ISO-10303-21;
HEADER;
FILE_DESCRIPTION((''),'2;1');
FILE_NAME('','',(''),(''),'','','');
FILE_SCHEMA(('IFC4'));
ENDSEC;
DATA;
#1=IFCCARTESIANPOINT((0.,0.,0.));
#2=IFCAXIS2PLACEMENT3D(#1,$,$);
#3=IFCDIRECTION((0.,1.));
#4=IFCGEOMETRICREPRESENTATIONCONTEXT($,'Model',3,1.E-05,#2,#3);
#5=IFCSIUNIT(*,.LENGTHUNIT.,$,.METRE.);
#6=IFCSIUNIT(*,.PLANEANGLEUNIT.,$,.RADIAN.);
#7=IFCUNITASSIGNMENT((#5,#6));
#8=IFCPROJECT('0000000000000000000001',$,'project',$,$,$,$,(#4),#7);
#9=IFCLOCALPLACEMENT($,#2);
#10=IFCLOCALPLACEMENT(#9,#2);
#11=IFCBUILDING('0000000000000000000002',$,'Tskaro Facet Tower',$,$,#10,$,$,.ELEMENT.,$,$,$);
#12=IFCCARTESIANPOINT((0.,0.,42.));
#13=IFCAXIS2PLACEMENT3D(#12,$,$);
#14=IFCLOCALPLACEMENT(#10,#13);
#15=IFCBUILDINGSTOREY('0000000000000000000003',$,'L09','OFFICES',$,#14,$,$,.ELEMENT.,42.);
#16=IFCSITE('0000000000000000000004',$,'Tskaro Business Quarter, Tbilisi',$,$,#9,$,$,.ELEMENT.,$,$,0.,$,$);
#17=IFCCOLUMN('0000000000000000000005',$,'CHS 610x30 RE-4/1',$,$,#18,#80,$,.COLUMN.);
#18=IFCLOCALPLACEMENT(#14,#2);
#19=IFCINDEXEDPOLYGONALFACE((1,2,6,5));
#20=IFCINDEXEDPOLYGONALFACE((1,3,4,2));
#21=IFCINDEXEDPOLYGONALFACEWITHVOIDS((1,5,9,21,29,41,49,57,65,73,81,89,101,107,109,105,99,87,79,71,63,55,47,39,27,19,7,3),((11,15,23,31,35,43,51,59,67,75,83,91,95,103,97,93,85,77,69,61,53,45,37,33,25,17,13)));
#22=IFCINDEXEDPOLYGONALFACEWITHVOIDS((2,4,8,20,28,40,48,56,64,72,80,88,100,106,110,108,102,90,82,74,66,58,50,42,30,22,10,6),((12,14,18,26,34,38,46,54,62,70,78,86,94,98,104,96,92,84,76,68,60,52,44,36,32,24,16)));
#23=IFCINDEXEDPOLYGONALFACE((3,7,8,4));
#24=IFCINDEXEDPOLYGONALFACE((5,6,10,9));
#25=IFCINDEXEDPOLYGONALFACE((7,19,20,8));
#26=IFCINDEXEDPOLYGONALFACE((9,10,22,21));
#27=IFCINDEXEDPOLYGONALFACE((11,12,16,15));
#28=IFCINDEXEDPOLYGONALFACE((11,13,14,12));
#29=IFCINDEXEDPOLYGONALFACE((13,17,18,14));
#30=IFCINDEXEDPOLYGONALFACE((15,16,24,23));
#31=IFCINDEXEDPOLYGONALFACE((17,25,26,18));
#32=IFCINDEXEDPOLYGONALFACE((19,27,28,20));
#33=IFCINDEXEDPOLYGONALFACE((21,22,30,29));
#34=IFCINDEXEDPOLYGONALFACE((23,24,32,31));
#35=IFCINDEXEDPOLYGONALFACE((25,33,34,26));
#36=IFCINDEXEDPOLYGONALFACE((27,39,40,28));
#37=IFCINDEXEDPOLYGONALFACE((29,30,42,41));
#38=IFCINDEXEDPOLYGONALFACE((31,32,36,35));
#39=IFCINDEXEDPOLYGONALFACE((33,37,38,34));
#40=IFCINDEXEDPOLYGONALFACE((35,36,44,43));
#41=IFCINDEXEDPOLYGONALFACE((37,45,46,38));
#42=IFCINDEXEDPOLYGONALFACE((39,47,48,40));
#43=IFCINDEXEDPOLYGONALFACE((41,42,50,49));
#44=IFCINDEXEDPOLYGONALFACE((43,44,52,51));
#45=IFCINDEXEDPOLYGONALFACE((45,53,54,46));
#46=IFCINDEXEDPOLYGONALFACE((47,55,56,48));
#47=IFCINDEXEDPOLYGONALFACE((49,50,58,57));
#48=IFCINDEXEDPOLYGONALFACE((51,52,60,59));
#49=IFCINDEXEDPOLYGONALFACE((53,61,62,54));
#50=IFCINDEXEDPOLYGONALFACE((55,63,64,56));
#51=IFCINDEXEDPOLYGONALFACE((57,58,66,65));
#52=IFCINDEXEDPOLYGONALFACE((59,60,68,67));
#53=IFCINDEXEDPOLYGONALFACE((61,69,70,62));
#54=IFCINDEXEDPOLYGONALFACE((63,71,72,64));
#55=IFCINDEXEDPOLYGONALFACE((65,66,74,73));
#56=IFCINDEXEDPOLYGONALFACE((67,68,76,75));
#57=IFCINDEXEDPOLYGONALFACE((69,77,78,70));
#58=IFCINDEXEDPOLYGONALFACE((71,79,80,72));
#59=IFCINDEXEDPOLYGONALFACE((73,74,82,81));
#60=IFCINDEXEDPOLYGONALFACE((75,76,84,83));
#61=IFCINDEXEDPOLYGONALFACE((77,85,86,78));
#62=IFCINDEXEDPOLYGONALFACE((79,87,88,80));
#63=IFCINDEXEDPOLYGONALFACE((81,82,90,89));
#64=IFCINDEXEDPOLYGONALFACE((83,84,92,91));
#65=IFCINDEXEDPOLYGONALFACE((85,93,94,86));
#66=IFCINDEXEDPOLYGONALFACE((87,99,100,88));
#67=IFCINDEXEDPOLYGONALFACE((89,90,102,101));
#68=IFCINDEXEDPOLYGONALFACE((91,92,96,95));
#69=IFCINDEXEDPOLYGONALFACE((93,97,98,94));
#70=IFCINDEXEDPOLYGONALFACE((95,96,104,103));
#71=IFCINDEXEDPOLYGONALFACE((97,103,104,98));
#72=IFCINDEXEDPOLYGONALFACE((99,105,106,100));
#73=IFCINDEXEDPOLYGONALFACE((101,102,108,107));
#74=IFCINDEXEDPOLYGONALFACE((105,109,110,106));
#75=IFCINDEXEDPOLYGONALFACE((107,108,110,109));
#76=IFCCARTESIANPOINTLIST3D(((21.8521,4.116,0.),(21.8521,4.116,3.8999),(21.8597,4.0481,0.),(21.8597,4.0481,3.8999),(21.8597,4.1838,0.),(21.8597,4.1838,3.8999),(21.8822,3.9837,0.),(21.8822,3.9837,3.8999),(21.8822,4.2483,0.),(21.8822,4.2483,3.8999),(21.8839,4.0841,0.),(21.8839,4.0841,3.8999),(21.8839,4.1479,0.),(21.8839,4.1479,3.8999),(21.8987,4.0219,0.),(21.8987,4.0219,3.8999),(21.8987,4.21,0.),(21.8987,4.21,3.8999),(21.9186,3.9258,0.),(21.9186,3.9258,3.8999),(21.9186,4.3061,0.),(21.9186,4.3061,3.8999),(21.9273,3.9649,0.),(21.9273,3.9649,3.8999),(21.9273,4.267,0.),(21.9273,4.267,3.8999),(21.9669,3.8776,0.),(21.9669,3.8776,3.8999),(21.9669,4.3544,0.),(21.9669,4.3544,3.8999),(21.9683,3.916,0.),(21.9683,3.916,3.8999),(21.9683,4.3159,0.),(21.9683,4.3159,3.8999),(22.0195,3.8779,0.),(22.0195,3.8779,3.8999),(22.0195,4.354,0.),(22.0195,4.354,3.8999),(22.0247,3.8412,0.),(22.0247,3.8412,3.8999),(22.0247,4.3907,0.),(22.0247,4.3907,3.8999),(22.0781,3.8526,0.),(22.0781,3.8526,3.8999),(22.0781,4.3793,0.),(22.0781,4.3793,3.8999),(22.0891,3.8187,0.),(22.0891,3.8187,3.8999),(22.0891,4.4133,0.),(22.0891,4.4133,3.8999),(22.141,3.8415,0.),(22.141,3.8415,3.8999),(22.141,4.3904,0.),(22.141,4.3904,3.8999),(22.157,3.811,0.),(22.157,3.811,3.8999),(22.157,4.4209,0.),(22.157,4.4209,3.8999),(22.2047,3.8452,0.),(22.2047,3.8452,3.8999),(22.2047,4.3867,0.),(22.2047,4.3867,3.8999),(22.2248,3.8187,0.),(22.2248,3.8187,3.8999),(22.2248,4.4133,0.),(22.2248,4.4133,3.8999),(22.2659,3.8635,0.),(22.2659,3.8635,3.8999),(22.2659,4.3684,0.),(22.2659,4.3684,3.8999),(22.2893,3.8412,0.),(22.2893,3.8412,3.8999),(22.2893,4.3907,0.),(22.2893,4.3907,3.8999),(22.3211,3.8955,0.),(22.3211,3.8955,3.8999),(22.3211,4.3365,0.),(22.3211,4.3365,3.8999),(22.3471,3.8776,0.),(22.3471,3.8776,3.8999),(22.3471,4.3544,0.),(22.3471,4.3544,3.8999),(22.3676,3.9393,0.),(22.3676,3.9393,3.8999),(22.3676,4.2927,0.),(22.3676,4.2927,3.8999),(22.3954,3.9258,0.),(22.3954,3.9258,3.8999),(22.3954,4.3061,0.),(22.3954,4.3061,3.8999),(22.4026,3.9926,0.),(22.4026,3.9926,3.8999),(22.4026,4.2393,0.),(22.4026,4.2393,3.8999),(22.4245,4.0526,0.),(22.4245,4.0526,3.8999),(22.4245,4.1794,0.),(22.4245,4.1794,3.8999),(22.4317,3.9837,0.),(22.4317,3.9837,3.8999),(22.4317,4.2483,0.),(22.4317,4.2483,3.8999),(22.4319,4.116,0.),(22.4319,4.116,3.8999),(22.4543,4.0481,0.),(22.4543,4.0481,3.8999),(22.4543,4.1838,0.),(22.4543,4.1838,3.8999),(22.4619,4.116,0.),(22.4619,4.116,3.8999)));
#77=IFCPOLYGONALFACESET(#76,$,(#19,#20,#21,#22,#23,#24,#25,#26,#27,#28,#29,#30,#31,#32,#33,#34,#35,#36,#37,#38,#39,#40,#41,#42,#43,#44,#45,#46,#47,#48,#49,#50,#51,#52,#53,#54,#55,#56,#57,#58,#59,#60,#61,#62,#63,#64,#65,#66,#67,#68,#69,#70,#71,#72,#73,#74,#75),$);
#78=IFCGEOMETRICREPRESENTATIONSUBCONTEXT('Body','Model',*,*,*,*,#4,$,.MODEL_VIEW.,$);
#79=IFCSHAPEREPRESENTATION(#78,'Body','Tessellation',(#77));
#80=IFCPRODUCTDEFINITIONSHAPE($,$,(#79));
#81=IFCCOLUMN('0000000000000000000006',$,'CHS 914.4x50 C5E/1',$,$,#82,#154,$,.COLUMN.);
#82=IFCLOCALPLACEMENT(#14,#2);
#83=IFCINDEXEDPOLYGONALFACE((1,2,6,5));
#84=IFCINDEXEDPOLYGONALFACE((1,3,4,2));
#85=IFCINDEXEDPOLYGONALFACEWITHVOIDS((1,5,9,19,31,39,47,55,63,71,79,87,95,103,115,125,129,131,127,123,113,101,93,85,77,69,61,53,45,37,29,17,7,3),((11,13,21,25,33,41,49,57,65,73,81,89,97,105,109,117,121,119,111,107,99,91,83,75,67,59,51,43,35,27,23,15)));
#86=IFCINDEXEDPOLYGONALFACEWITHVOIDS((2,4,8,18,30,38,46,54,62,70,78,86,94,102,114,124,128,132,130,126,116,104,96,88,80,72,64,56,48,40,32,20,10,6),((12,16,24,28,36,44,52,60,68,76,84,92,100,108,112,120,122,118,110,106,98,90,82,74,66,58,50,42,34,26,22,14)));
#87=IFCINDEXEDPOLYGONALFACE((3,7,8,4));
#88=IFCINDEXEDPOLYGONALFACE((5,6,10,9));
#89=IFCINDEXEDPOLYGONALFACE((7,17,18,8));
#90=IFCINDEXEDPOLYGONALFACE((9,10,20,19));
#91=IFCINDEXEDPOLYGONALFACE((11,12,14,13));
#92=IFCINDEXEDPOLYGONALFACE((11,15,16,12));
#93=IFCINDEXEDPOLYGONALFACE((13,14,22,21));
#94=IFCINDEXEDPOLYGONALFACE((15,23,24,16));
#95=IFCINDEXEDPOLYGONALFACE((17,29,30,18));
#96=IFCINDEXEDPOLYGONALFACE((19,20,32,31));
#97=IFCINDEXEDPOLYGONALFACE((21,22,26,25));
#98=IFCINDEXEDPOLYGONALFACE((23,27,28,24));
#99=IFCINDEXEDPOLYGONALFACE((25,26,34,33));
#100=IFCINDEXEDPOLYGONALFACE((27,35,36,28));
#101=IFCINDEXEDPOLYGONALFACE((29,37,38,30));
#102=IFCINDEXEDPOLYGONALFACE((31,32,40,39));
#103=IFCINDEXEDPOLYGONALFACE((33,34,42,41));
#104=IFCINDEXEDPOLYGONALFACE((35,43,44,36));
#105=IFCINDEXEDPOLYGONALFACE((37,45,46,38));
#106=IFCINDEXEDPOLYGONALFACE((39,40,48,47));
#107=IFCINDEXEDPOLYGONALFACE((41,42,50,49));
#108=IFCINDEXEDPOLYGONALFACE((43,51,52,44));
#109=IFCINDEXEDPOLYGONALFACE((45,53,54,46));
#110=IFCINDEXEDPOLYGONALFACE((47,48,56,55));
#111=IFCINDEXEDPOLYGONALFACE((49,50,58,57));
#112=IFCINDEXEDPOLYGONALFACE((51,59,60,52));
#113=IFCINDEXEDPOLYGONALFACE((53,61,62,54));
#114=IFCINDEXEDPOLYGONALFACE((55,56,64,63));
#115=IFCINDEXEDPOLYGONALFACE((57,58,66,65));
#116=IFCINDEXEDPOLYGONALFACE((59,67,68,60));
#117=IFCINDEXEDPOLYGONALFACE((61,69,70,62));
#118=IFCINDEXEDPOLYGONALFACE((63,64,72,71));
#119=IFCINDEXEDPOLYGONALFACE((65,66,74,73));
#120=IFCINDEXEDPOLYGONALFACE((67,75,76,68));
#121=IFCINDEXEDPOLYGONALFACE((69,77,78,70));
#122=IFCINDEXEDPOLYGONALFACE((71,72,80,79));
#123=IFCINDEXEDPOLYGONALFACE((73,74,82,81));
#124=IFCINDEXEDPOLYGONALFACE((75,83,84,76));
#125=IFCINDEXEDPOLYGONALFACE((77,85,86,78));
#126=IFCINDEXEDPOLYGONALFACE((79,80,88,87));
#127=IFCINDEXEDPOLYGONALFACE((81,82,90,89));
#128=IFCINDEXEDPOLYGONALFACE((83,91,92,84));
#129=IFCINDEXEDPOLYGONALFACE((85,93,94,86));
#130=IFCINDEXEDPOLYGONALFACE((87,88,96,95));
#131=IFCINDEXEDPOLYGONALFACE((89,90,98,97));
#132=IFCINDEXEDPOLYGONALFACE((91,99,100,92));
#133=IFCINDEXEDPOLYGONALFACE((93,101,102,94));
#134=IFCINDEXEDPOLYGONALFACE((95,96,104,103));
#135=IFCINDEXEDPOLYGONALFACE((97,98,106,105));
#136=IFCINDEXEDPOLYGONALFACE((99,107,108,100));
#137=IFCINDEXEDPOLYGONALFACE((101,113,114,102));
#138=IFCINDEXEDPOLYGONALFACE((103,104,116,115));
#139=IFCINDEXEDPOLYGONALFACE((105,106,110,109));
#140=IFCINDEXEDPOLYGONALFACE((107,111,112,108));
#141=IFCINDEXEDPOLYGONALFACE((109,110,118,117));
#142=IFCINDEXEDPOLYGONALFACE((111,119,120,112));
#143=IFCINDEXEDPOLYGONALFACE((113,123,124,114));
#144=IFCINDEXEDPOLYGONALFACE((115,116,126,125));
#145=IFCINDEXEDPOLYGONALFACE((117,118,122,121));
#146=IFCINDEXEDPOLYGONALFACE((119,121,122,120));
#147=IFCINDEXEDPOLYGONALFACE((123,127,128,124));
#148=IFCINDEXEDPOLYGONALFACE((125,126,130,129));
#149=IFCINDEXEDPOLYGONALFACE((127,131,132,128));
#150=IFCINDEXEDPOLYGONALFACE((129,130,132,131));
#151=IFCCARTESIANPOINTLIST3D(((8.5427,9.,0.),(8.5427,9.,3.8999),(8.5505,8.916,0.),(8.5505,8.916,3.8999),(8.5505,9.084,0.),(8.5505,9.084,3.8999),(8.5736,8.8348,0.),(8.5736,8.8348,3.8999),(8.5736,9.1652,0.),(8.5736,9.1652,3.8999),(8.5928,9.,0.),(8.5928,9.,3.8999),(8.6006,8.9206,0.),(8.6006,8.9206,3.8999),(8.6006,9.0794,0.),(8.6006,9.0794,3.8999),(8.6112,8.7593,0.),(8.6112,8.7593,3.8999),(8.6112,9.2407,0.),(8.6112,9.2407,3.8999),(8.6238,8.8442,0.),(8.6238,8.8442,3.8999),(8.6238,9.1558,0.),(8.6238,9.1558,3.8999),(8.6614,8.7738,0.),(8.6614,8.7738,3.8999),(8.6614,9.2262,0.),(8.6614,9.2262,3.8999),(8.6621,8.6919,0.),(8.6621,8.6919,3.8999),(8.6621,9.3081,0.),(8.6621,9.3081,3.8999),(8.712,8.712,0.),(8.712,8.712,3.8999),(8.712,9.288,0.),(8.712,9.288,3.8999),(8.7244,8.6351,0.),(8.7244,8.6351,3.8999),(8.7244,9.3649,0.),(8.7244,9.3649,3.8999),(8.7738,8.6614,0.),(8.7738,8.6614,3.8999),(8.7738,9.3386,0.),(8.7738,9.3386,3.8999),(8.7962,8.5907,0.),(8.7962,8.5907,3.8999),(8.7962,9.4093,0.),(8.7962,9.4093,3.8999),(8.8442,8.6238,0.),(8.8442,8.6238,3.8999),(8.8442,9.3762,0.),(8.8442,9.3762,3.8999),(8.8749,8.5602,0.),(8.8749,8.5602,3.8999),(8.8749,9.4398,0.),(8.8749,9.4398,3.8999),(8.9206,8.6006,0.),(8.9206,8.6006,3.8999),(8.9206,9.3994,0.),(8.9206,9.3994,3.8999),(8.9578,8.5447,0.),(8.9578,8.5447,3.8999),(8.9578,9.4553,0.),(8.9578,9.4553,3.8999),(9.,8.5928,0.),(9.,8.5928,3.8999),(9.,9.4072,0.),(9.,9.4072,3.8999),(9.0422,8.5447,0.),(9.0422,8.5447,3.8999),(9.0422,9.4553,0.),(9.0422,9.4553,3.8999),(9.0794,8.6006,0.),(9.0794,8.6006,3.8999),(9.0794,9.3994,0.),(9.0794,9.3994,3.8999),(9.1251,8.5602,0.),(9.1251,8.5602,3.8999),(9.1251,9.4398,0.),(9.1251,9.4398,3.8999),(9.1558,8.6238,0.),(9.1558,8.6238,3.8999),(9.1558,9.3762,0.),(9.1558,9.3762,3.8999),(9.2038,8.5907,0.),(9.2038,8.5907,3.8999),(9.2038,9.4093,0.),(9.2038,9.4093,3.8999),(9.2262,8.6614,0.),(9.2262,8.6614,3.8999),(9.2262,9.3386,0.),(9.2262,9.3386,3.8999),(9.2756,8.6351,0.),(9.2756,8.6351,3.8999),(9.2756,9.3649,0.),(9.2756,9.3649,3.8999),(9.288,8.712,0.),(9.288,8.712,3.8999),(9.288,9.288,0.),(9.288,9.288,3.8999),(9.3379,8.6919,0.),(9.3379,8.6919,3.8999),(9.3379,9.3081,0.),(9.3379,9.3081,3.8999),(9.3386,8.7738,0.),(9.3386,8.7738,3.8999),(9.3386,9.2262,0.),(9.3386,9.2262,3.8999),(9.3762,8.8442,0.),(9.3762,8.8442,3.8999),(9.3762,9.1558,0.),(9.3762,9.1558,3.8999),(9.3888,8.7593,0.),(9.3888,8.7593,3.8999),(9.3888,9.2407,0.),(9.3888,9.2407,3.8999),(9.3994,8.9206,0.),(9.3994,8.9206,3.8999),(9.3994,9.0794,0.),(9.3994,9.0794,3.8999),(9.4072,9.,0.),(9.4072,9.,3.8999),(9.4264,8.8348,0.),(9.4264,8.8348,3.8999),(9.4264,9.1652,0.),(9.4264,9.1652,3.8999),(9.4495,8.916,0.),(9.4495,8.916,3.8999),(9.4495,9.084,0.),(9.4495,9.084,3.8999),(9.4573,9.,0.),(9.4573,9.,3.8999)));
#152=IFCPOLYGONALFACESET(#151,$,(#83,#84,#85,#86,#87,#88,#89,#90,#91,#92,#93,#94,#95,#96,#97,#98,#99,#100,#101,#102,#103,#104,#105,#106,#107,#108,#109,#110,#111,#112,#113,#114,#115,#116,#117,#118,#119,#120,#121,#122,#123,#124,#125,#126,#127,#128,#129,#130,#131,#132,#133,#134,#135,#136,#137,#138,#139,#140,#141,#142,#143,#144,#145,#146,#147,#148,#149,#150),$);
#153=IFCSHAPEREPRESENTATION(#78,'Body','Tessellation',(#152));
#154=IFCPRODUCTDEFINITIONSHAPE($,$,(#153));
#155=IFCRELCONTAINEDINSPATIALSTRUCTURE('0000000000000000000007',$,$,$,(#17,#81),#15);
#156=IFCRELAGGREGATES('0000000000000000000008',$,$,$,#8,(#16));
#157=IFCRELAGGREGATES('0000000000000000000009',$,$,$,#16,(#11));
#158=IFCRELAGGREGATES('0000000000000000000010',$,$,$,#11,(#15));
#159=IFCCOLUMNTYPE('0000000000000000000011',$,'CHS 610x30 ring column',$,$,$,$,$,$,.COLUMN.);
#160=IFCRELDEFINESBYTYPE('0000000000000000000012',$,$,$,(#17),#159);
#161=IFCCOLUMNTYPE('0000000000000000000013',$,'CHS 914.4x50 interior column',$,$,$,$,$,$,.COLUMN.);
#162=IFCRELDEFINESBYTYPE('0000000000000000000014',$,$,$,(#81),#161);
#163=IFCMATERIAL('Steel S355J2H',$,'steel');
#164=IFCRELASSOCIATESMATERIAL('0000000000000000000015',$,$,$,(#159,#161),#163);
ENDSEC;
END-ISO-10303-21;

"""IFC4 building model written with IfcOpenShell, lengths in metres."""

from ifc_helpers import new_model, si_unit, direction, frame, origin, origin_2d, place, context, subcontext, project, spatial, hollow_circle, extrude, material, material_profile, profile_set, type_object, element, save


model = new_model("IFC4")

# Units and contexts
model_context = context("Model", 3, precision=1e-05, world=origin(), true_north=direction((0.0, 1.0)))
body_context = subcontext(model_context, "Body", "Model", "MODEL_VIEW")
ifc_project = project(units=[si_unit("LENGTHUNIT", "METRE"), si_unit("PLANEANGLEUNIT", "RADIAN")], contexts=[model_context])

# Site, building, storey
site_placement = place(None, origin())
site = spatial("IfcSite", under=ifc_project, at=site_placement, Name="Tskaro Business Quarter, Tbilisi", CompositionType="ELEMENT", RefElevation=0.0)
building_placement = place(site_placement, origin())
building = spatial("IfcBuilding", under=site, at=building_placement, Name="Tskaro Facet Tower", CompositionType="ELEMENT")
storey_placement = place(building_placement, frame((0.0, 0.0, 42.0)))
storey = spatial("IfcBuildingStorey", under=building, at=storey_placement, Name="L09", Description="OFFICES", CompositionType="ELEMENT", Elevation=42.0)

# Columns
ifc_material_1 = material(Name="Steel S355J2H", Category="steel")
ifc_material_profile_1 = material_profile(ifc_material_1, hollow_circle(Radius=0.3049, WallThickness=0.03, at=origin_2d()), Name="CHS 610x30")
ifc_profile_set_1 = profile_set([ifc_material_profile_1], Name="Steel S355J2H")
column_type_1 = type_object("IfcColumnType", Name="CHS 610x30 ring column", PredefinedType="COLUMN", material=ifc_profile_set_1)
column_placement = place(storey_placement, frame((22.157, 4.116, 0.0), z_axis=(0.0, 0.0, 1.0), x_axis=(1.0, 0.0, 0.0)))
element("IfcColumn", 1, at=column_placement, inside=storey, type_object=column_type_1, Name="CHS 610x30 RE-4/1", PredefinedType="COLUMN", context=body_context, shape_type="SweptSolid", body=[
    extrude(hollow_circle(Radius=0.3049, WallThickness=0.03, at=origin_2d()), origin(), (0.0, 0.0, 1.0), 3.8999),
])
ifc_material_profile_2 = material_profile(ifc_material_1, hollow_circle(Radius=0.4573, WallThickness=0.05, at=origin_2d()), Name="CHS 914.4x50")
ifc_profile_set_2 = profile_set([ifc_material_profile_2], Name="Steel S355J2H")
column_type_2 = type_object("IfcColumnType", Name="CHS 914.4x50 interior column", PredefinedType="COLUMN", material=ifc_profile_set_2)
for number, where, z_axis, x_axis, name in (
    (2, (9.0, 9.0, 0.0), (0.0, 0.0, 1.0), (1.0, 0.0, 0.0), "CHS 914.4x50 C5E/1"),
):
    element("IfcColumn", number, at=place(storey_placement, frame(where, z_axis=z_axis, x_axis=x_axis)), inside=storey, type_object=column_type_2, Name=name, PredefinedType="COLUMN", context=body_context, shape_type="SweptSolid", body=[
        extrude(hollow_circle(Radius=0.4573, WallThickness=0.05, at=origin_2d()), origin(), (0.0, 0.0, 1.0), 3.8999),
    ])

save(model, "model.ifc")
